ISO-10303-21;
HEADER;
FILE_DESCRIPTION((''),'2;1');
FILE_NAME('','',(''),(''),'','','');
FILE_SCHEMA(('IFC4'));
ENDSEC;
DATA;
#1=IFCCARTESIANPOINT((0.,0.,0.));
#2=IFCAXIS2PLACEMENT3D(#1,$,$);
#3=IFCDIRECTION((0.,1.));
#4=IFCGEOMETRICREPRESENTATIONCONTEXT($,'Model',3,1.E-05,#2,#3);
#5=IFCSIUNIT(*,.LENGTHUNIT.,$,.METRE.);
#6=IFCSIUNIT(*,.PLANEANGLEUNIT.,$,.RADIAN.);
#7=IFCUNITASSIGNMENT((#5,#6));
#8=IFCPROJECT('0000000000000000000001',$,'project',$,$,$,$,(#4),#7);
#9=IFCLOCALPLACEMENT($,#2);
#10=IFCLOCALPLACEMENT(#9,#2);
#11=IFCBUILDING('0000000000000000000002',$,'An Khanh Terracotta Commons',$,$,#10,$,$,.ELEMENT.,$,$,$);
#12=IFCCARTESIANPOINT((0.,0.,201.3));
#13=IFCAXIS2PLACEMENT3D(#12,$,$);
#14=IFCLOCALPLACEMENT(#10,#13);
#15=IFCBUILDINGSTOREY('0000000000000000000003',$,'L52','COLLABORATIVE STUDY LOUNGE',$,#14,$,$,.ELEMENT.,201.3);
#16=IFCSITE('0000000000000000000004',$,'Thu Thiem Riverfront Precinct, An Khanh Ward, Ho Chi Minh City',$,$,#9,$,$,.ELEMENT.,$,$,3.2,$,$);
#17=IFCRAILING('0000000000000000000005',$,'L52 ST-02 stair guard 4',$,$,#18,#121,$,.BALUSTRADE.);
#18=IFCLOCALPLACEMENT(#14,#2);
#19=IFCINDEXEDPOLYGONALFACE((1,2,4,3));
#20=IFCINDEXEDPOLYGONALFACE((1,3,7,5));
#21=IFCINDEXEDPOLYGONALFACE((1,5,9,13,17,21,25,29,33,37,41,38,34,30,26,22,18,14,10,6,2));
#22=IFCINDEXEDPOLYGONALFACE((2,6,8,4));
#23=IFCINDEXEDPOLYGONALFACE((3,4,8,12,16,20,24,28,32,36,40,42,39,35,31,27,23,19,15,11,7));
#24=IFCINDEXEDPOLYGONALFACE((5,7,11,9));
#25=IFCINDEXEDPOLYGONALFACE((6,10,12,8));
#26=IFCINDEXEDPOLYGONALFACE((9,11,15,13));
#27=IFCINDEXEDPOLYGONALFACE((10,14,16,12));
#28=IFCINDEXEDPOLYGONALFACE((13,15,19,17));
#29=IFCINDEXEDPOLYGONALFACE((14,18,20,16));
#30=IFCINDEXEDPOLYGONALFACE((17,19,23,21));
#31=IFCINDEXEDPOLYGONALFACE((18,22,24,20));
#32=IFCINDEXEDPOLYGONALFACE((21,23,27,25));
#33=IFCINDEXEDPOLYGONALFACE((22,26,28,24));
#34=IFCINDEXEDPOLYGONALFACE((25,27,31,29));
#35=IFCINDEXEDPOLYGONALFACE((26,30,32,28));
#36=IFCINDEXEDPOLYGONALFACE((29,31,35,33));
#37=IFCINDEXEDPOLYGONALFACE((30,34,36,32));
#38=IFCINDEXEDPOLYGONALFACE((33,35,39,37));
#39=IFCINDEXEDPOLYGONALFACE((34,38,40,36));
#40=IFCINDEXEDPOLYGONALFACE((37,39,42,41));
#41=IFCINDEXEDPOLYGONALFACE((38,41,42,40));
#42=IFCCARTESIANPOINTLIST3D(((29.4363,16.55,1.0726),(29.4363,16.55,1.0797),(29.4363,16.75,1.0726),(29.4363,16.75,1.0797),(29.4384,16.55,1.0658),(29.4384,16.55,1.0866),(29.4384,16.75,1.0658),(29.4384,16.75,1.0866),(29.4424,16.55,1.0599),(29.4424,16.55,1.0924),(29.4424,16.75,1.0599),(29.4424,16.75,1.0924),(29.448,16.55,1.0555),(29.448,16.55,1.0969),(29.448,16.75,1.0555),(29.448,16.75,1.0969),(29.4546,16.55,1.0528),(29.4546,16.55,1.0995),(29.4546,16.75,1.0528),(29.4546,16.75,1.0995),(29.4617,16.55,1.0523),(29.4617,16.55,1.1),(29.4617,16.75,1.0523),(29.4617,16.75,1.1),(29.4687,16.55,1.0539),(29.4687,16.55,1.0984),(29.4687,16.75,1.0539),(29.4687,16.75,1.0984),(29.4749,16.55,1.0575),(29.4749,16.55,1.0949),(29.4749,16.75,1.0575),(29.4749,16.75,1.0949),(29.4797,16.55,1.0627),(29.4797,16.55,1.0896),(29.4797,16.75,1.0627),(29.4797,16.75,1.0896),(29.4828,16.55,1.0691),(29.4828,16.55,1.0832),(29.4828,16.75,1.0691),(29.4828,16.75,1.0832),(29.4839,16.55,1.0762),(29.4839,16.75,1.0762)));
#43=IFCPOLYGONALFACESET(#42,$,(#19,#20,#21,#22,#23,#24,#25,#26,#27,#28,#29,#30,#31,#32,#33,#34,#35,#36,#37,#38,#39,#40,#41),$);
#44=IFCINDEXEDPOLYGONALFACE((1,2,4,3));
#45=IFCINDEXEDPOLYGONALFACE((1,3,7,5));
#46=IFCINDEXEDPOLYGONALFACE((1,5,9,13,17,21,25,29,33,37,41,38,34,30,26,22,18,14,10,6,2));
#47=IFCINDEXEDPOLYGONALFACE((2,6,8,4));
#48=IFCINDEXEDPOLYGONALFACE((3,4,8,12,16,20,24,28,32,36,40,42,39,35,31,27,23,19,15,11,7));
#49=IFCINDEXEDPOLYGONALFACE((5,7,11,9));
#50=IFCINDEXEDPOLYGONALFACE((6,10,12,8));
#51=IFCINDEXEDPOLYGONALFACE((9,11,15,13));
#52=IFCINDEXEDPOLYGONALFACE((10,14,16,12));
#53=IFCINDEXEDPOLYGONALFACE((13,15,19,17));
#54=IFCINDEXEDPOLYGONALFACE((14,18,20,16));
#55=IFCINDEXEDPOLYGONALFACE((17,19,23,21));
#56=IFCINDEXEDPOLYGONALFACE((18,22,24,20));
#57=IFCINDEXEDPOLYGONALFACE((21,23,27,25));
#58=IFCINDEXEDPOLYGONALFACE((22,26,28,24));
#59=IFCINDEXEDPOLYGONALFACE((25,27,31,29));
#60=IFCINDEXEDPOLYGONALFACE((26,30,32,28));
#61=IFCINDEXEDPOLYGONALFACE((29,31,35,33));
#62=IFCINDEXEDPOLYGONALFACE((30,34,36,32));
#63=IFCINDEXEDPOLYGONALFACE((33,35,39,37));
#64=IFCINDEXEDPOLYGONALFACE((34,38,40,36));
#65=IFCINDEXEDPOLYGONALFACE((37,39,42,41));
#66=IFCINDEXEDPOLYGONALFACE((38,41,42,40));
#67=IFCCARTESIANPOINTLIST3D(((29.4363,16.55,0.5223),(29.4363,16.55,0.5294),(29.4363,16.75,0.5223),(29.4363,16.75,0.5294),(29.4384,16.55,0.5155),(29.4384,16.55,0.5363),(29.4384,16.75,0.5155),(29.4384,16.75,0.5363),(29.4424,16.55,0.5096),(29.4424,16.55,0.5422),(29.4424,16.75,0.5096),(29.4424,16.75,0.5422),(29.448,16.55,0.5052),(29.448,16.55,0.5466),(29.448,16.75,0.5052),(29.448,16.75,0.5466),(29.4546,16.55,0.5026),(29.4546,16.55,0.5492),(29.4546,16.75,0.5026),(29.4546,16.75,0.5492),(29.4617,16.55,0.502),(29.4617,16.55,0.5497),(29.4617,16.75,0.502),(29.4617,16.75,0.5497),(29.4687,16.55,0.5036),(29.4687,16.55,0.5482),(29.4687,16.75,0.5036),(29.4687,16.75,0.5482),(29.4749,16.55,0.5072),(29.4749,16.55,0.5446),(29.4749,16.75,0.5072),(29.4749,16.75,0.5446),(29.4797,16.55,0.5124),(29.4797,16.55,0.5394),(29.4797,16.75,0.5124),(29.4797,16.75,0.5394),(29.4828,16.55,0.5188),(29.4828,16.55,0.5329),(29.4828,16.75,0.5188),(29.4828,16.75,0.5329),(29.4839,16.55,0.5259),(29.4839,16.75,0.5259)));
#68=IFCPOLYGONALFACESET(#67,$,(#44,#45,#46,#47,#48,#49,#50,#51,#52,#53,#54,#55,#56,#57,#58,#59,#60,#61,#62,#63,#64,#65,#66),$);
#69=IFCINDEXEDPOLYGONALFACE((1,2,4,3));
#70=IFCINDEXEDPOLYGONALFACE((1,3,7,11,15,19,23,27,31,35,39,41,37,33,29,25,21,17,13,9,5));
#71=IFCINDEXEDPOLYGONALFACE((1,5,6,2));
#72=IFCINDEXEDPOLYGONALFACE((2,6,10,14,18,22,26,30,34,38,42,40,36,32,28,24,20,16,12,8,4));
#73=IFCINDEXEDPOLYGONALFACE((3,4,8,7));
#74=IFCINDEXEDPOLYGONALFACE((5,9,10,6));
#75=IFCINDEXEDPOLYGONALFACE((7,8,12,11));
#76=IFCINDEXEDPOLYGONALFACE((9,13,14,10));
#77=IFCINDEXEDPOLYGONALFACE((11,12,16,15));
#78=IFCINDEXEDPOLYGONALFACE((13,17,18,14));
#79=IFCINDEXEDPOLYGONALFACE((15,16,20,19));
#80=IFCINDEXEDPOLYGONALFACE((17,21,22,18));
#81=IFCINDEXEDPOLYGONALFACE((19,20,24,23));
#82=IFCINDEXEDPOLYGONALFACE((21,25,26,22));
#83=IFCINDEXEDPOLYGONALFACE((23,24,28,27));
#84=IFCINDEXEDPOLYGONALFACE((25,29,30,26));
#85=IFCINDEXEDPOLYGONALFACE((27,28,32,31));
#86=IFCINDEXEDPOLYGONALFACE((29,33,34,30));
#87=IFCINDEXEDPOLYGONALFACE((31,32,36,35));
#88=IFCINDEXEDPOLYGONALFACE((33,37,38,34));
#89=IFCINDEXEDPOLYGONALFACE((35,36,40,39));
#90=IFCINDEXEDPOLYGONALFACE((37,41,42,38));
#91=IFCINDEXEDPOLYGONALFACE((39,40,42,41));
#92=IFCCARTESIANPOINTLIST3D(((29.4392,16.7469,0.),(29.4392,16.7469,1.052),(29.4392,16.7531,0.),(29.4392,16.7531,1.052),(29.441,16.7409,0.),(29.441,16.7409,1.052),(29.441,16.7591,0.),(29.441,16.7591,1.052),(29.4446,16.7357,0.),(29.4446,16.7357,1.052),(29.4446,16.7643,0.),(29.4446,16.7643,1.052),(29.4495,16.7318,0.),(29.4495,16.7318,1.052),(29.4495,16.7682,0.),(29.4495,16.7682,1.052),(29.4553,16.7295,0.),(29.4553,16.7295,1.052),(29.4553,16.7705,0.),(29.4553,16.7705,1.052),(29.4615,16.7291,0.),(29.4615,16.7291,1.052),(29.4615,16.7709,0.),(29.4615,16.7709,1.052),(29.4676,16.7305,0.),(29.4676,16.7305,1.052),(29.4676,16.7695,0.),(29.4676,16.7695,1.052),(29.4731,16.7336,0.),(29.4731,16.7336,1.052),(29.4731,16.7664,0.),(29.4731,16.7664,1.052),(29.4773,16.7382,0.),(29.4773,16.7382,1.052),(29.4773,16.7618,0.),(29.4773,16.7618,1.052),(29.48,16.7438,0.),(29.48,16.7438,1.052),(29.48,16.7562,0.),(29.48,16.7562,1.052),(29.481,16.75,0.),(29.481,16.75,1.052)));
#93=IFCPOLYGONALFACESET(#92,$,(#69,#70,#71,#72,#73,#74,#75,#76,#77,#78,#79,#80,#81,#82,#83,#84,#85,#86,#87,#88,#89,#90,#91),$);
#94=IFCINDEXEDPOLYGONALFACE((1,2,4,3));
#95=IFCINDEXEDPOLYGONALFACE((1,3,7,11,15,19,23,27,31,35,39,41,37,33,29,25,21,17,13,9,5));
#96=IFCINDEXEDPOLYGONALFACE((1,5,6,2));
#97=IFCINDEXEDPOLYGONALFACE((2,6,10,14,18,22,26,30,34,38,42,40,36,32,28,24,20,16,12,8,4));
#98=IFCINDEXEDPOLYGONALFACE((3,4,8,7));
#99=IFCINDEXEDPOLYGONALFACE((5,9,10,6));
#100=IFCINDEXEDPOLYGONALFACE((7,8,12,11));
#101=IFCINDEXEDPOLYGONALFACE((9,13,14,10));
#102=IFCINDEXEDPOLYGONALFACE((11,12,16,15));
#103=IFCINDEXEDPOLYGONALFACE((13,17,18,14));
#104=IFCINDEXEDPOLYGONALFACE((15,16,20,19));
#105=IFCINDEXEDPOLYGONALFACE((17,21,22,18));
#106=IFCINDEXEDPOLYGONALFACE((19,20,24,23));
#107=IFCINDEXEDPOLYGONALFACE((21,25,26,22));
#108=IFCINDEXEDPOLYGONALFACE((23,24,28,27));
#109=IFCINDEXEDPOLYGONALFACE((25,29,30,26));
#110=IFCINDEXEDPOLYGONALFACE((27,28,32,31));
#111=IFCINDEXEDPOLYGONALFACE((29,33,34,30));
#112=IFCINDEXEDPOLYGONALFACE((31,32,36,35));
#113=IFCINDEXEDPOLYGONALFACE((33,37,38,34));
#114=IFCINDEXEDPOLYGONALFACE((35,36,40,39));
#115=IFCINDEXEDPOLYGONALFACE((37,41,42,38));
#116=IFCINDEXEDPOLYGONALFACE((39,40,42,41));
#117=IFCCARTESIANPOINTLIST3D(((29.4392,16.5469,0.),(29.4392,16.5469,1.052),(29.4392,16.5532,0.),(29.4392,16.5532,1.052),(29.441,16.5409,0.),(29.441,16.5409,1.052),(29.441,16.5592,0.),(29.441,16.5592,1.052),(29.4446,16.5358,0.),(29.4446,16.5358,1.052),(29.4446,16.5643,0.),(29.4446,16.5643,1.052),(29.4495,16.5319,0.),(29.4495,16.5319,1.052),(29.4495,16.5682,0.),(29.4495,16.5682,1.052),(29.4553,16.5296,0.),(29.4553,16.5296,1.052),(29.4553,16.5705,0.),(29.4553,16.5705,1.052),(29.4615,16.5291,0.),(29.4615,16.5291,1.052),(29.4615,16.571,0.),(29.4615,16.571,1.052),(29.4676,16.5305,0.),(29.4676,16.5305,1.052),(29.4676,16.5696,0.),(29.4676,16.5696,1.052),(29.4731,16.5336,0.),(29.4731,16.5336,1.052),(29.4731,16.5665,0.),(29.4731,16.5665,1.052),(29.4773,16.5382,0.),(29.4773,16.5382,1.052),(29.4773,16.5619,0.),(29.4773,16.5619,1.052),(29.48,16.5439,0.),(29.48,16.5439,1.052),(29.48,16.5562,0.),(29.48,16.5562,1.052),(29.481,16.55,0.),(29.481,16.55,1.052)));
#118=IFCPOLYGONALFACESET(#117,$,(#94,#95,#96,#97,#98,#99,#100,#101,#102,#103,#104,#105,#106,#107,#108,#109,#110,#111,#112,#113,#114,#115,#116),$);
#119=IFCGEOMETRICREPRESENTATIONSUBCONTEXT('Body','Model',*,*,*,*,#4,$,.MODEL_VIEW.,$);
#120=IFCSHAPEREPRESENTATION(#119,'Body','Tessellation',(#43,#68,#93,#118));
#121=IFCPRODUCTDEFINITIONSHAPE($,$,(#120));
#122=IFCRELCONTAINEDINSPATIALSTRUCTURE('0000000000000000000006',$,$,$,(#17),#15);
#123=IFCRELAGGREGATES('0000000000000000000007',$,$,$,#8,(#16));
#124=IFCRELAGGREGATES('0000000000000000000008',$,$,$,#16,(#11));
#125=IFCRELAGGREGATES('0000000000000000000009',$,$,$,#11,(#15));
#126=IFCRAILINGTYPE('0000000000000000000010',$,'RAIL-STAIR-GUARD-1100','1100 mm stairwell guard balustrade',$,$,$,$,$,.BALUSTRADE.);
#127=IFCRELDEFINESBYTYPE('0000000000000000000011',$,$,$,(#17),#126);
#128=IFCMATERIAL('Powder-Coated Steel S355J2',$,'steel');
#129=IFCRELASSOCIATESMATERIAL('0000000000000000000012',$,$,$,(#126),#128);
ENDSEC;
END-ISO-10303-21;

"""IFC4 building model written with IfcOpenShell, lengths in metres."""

from ifc_helpers import new_model, si_unit, direction, frame, origin, origin_2d, place, context, subcontext, project, spatial, circle, extrude, material, type_object, element, save


model = new_model("IFC4")

# Units and contexts
model_context = context("Model", 3, precision=1e-05, world=origin(), true_north=direction((0.0, 1.0)))
body_context = subcontext(model_context, "Body", "Model", "MODEL_VIEW")
ifc_project = project(units=[si_unit("LENGTHUNIT", "METRE"), si_unit("PLANEANGLEUNIT", "RADIAN")], contexts=[model_context])

# Site, building, storey
site_placement = place(None, origin())
site = spatial("IfcSite", under=ifc_project, at=site_placement, Name="Thu Thiem Riverfront Precinct, An Khanh Ward, Ho Chi Minh City", CompositionType="ELEMENT", RefElevation=3.2)
building_placement = place(site_placement, origin())
building = spatial("IfcBuilding", under=site, at=building_placement, Name="An Khanh Terracotta Commons", CompositionType="ELEMENT")
storey_placement = place(building_placement, frame((0.0, 0.0, 201.3)))
storey = spatial("IfcBuildingStorey", under=building, at=storey_placement, Name="L52", Description="COLLABORATIVE STUDY LOUNGE", CompositionType="ELEMENT", Elevation=201.3)

# Railing
ifc_material_1 = material(Name="Powder-Coated Steel S355J2", Category="steel")
railing_type_1 = type_object("IfcRailingType", Name="RAIL-STAIR-GUARD-1100", Description="1100 mm stairwell guard balustrade", PredefinedType="BALUSTRADE", material=ifc_material_1)
railing_1_placement = place(storey_placement, frame((29.46, 16.75, 0.0)))
element("IfcRailing", 1, at=railing_1_placement, inside=storey, type_object=railing_type_1, Name="L52 ST-02 stair guard 4", PredefinedType="BALUSTRADE", context=body_context, shape_type="SweptSolid", body=[
    extrude(circle(Radius=0.0239, at=origin_2d()), frame((0.0, 0.0, 1.0762), z_axis=(0.0, -1.0, 0.0), x_axis=(1.0, 0.0, 0.0)), (0.0, 0.0, 1.0), 0.2),
    extrude(circle(Radius=0.0239, at=origin_2d()), frame((0.0, 0.0, 0.5259), z_axis=(0.0, -1.0, 0.0), x_axis=(1.0, 0.0, 0.0)), (0.0, 0.0, 1.0), 0.2),
    extrude(circle(Radius=0.021, at=origin_2d()), origin(), (0.0, 0.0, 1.0), 1.052),
    extrude(circle(Radius=0.021, at=origin_2d()), frame((0.0, -0.2, 0.0)), (0.0, 0.0, 1.0), 1.052),
])

save(model, "model.ifc")
